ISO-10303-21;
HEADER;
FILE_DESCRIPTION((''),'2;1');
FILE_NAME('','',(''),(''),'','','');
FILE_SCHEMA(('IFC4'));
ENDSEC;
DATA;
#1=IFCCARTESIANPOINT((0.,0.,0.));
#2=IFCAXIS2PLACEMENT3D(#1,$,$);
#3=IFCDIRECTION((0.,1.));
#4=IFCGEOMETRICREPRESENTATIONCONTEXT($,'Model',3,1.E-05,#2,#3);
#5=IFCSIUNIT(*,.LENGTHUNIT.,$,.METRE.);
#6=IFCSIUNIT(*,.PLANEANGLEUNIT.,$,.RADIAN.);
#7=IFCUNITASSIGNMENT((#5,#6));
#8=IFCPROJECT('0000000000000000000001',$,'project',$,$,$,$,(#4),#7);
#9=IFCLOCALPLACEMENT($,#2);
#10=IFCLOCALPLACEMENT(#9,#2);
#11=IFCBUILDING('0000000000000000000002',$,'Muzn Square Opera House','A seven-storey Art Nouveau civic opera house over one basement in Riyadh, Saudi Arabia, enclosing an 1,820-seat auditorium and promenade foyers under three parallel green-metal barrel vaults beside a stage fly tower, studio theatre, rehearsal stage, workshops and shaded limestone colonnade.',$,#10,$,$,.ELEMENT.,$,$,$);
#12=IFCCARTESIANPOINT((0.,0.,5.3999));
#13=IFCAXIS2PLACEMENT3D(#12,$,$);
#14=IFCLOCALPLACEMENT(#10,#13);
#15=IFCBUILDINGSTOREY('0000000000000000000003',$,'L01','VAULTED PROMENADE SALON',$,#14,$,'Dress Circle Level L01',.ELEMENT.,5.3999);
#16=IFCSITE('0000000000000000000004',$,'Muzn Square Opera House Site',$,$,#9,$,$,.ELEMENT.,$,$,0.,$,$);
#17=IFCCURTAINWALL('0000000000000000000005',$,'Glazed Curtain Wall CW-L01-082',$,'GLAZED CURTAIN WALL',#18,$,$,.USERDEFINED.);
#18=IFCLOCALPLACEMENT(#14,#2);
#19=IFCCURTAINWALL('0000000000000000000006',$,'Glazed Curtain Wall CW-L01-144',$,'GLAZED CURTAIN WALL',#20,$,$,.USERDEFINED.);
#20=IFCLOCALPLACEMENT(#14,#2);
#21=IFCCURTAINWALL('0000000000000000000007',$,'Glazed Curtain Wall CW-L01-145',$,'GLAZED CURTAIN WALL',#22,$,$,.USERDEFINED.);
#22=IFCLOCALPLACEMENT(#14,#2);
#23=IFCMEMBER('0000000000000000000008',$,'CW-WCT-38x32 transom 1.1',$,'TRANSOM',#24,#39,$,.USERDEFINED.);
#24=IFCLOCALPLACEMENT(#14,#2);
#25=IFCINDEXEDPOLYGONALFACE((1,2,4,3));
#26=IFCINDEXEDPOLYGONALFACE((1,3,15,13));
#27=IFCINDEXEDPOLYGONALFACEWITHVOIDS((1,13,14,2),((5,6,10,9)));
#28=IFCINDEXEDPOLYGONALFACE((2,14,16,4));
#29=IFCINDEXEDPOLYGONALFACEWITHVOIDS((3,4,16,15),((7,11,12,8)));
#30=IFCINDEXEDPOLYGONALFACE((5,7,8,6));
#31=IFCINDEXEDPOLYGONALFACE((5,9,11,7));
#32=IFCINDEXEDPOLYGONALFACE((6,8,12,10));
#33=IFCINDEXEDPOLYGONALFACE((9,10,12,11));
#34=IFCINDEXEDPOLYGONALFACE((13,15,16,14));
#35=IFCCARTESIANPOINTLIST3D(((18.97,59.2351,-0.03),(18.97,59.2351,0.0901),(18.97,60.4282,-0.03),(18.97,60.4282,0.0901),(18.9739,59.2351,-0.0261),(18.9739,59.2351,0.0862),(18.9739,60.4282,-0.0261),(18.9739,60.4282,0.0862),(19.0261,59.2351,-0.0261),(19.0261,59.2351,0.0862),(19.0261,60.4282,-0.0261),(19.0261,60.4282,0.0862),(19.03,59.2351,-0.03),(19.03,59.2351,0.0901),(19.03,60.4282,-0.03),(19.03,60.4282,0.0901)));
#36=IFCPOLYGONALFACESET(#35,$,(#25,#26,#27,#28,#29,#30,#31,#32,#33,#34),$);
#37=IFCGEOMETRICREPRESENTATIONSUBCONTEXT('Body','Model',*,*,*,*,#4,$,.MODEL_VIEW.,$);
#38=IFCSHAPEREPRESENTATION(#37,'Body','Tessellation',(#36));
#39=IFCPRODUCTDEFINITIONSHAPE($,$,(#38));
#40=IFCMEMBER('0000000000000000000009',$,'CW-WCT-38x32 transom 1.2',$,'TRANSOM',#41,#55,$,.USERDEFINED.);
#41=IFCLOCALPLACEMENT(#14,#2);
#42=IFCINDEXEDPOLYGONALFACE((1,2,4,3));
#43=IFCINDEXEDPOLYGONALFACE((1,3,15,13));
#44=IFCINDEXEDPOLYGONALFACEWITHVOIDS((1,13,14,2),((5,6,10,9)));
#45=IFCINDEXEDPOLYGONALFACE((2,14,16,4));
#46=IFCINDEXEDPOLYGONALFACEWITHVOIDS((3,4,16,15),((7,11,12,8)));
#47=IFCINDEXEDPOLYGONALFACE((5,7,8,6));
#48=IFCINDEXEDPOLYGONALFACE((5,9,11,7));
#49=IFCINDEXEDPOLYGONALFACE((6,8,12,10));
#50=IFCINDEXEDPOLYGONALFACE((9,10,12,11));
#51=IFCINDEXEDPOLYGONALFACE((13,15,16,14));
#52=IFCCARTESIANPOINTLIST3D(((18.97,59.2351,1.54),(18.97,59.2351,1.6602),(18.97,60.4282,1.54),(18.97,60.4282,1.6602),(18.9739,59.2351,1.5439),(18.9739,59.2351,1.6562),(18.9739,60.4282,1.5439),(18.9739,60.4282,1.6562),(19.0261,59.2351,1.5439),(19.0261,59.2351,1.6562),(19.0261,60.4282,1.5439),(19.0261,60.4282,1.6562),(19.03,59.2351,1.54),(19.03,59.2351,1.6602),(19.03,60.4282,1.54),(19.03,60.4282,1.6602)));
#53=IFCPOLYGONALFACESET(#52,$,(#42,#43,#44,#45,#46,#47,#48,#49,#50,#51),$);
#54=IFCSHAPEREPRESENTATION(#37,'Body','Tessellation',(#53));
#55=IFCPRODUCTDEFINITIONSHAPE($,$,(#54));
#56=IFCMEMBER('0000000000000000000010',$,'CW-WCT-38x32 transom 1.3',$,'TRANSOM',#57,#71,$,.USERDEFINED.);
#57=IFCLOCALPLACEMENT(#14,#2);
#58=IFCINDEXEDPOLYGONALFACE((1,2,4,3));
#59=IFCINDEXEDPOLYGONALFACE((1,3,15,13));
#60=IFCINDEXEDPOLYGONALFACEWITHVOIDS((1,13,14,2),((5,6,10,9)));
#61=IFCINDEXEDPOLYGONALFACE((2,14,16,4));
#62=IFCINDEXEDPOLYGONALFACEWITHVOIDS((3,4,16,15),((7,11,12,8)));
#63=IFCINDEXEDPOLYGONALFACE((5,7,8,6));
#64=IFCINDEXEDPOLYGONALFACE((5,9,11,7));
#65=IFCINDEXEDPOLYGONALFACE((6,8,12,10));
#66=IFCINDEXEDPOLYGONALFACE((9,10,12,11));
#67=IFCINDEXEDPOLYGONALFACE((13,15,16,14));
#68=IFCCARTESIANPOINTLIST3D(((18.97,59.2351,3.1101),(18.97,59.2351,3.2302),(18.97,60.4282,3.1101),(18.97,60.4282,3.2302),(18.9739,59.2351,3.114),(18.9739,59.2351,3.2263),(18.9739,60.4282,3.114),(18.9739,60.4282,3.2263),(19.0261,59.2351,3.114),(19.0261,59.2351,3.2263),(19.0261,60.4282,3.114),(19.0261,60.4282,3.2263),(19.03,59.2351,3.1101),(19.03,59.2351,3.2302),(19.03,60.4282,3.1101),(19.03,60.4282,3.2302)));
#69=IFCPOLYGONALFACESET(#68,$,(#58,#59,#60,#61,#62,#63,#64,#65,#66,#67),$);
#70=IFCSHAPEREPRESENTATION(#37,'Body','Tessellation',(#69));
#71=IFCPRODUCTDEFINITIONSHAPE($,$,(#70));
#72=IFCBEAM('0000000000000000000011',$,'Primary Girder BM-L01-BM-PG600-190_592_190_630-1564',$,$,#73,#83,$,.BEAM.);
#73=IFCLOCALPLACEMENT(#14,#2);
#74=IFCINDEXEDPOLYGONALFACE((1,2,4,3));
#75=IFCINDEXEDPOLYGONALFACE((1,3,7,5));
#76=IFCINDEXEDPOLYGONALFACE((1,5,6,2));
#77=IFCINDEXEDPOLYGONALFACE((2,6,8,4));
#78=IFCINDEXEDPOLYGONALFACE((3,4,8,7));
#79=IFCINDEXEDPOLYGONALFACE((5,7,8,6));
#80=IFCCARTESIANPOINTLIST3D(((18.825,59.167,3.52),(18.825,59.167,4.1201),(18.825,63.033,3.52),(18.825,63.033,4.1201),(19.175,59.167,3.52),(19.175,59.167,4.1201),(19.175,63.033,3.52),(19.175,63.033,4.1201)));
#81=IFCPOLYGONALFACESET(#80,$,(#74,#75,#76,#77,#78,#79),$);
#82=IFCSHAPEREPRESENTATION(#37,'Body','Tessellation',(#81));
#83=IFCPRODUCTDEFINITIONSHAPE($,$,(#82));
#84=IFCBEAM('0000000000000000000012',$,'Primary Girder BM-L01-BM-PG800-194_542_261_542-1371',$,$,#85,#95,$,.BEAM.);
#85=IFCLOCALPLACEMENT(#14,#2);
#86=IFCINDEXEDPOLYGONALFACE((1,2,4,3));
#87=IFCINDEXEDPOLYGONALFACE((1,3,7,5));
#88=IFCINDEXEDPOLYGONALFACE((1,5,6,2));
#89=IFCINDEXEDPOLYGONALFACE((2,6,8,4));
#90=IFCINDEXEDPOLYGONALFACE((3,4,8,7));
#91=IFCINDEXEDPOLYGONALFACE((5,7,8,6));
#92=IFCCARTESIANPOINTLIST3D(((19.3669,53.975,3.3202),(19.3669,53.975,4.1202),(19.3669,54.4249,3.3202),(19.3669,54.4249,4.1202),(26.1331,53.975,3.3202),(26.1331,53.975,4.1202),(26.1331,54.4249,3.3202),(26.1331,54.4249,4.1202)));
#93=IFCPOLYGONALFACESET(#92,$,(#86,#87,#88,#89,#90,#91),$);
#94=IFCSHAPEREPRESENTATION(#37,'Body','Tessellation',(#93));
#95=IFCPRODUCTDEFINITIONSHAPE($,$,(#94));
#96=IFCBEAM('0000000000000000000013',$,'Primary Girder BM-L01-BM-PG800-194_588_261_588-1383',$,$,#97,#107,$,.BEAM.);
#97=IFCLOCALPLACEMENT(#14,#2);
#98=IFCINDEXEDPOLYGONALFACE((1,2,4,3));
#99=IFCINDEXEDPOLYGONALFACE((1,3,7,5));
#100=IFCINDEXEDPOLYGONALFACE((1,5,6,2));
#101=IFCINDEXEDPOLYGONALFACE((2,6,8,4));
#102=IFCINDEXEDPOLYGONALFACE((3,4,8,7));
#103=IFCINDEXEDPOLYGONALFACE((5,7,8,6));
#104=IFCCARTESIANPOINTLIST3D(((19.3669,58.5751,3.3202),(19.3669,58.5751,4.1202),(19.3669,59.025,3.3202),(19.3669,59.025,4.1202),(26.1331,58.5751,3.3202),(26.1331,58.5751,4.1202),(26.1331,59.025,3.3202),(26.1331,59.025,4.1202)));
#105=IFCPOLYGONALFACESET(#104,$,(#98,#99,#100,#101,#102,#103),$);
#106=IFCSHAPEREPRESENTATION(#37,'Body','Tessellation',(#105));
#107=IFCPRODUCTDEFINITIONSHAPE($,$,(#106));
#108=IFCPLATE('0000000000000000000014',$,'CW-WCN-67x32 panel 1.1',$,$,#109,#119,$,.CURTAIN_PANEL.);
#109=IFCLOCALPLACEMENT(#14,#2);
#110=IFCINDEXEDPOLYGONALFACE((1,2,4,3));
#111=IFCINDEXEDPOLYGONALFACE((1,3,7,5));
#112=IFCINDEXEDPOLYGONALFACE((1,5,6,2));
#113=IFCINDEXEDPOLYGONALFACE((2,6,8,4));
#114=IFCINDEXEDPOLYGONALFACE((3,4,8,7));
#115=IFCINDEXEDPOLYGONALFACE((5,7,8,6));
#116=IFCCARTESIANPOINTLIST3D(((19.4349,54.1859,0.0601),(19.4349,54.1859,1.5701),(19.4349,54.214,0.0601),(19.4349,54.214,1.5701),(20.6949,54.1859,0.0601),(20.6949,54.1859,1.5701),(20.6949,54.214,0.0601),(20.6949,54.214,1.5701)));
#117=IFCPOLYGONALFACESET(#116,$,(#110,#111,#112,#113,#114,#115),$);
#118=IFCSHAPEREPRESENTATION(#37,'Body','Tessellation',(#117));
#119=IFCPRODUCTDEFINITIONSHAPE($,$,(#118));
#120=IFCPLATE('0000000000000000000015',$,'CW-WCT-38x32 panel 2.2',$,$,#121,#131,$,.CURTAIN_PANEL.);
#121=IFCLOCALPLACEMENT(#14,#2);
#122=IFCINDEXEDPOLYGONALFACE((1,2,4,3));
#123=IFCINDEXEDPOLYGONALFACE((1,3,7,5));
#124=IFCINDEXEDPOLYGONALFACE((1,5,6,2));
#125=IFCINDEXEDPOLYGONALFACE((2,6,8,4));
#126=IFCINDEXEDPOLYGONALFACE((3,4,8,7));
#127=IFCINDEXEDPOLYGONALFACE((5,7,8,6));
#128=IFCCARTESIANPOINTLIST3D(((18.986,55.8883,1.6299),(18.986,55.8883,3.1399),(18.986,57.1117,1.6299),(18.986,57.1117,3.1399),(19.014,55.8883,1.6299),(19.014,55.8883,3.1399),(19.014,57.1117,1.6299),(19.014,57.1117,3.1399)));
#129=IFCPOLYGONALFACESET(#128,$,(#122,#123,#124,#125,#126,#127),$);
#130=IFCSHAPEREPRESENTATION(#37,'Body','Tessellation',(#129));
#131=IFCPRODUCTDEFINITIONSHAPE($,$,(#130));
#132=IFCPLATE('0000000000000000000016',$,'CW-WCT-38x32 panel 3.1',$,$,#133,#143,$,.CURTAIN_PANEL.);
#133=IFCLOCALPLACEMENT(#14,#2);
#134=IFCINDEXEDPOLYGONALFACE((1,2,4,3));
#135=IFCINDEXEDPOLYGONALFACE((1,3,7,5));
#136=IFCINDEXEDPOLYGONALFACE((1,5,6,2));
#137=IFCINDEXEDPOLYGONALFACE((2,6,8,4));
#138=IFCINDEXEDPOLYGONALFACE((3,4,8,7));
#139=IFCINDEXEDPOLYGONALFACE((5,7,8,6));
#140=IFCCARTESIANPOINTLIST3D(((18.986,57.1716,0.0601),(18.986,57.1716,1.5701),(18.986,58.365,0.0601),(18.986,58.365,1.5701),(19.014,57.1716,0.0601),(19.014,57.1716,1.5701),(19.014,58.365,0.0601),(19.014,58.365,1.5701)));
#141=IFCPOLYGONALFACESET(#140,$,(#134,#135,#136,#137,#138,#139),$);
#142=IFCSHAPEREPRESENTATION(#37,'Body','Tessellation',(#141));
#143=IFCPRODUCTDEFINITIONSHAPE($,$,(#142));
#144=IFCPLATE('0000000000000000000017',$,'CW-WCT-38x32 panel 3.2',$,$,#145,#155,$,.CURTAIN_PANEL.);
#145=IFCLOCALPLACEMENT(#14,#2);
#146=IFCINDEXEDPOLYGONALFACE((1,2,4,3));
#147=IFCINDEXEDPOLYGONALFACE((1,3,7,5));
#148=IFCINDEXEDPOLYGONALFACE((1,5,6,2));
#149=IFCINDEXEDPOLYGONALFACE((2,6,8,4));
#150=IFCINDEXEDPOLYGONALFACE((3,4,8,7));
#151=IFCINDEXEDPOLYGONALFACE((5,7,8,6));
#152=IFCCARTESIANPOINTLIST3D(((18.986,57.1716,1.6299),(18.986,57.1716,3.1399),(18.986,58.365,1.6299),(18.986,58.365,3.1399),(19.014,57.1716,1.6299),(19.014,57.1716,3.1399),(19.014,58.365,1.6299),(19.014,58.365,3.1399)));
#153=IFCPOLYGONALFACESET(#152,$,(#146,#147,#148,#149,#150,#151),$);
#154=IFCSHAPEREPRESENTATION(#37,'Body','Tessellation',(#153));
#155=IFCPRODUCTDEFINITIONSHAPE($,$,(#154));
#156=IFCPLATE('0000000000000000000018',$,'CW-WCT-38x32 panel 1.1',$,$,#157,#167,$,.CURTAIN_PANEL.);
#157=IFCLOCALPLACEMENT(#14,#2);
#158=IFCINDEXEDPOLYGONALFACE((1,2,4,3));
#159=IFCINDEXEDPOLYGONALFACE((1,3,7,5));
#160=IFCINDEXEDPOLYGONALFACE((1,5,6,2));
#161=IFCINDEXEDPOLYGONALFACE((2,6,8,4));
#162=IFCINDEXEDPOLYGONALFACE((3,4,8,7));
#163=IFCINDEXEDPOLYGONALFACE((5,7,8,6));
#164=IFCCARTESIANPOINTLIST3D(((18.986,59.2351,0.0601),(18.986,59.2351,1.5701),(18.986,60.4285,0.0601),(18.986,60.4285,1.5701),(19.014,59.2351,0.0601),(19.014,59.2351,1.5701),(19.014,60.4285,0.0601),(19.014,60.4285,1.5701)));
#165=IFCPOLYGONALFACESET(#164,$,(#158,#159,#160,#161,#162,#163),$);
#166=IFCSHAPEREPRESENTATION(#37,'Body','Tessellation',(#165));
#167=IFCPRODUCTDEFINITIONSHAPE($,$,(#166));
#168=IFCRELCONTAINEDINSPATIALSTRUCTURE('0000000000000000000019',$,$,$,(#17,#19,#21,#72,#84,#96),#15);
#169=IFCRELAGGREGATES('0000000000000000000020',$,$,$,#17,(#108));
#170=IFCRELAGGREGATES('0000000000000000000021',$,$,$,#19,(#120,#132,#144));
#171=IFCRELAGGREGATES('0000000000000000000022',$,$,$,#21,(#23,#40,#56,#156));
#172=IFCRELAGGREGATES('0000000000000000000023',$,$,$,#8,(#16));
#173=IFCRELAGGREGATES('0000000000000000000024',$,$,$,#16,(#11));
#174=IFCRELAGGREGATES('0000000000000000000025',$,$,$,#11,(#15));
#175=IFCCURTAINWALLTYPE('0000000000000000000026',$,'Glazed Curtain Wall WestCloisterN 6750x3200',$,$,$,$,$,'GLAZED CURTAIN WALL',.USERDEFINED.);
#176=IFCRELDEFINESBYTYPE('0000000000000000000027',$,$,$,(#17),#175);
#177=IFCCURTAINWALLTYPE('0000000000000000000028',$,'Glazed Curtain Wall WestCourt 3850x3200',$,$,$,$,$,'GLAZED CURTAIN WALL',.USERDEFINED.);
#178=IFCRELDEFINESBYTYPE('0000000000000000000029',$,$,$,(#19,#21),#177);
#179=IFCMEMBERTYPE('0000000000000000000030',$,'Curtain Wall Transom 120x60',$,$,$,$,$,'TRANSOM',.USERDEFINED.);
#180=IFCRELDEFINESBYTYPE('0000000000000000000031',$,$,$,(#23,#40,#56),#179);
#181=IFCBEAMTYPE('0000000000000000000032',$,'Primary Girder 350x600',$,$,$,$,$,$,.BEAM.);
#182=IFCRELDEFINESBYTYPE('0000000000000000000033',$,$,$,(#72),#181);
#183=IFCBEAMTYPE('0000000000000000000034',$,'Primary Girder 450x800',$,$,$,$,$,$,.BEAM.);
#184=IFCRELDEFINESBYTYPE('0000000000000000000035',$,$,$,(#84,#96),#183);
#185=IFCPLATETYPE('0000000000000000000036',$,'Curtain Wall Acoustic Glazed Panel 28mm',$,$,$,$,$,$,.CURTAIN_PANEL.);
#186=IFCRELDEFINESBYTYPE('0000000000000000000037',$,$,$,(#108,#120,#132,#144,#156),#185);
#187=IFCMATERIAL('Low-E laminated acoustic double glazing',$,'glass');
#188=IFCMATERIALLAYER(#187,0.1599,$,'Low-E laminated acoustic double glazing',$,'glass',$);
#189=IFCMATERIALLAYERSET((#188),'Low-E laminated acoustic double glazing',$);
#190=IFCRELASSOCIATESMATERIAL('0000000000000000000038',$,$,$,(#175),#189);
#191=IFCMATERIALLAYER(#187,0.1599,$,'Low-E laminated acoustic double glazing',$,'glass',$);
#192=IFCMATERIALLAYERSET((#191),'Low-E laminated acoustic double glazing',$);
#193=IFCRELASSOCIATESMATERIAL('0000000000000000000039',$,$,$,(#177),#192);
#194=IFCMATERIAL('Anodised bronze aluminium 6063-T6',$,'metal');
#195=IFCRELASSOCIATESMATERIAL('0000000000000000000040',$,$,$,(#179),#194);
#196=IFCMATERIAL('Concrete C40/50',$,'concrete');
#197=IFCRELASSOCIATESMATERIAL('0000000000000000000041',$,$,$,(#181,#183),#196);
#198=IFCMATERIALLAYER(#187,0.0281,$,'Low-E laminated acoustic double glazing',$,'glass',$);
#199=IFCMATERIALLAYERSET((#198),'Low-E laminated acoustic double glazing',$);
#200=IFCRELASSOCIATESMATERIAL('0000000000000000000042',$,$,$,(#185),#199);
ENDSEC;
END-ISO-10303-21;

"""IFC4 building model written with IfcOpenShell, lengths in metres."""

from ifc_helpers import new_model, si_unit, direction, frame, origin, origin_2d, place, context, subcontext, project, spatial, rectangle, hollow_rectangle, extrude, material, layer, layer_set, material_profile, profile_set, type_object, element, aggregate, save


model = new_model("IFC4")

# Units and contexts
model_context = context("Model", 3, precision=1e-05, world=origin(), true_north=direction((0.0, 1.0)))
body_context = subcontext(model_context, "Body", "Model", "MODEL_VIEW")
ifc_project = project(units=[si_unit("LENGTHUNIT", "METRE"), si_unit("PLANEANGLEUNIT", "RADIAN")], contexts=[model_context])

# Site, building, storey
site_placement = place(None, origin())
site = spatial("IfcSite", under=ifc_project, at=site_placement, Name="Muzn Square Opera House Site", CompositionType="ELEMENT", RefElevation=0.0)
building_placement = place(site_placement, origin())
building = spatial("IfcBuilding", under=site, at=building_placement, Name="Muzn Square Opera House", Description="A seven-storey Art Nouveau civic opera house over one basement in Riyadh, Saudi Arabia, enclosing an 1,820-seat auditorium and promenade foyers under three parallel green-metal barrel vaults beside a stage fly tower, studio theatre, rehearsal stage, workshops and shaded limestone colonnade.", CompositionType="ELEMENT")
storey_placement = place(building_placement, frame((0.0, 0.0, 5.3999)))
storey = spatial("IfcBuildingStorey", under=building, at=storey_placement, Name="L01", Description="VAULTED PROMENADE SALON", LongName="Dress Circle Level L01", CompositionType="ELEMENT", Elevation=5.3999)

# Curtain wall
ifc_material_1 = material(Name="Low-E laminated acoustic double glazing", Category="glass")
ifc_layer_1 = layer(ifc_material_1, 0.1599, Name="Low-E laminated acoustic double glazing", Category="glass")
ifc_layer_set_1 = layer_set([ifc_layer_1], Name="Low-E laminated acoustic double glazing")
curtain_wall_type_1 = type_object("IfcCurtainWallType", Name="Glazed Curtain Wall WestCloisterN 6750x3200", ElementType="GLAZED CURTAIN WALL", PredefinedType="USERDEFINED", material=ifc_layer_set_1)
curtain_wall_1_placement = place(storey_placement, origin())
curtain_wall_1 = element("IfcCurtainWall", 1, at=curtain_wall_1_placement, inside=storey, type_object=curtain_wall_type_1, Name="Glazed Curtain Wall CW-L01-082", ObjectType="GLAZED CURTAIN WALL", PredefinedType="USERDEFINED")
ifc_material_2 = material(Name="Anodised bronze aluminium 6063-T6", Category="metal")

# Curtain wall
ifc_layer_2 = layer(ifc_material_1, 0.1599, Name="Low-E laminated acoustic double glazing", Category="glass")
ifc_layer_set_2 = layer_set([ifc_layer_2], Name="Low-E laminated acoustic double glazing")
curtain_wall_type_2 = type_object("IfcCurtainWallType", Name="Glazed Curtain Wall WestCourt 3850x3200", ElementType="GLAZED CURTAIN WALL", PredefinedType="USERDEFINED", material=ifc_layer_set_2)
curtain_wall_2_placement = place(storey_placement, origin())
curtain_wall_2 = element("IfcCurtainWall", 2, at=curtain_wall_2_placement, inside=storey, type_object=curtain_wall_type_2, Name="Glazed Curtain Wall CW-L01-144", ObjectType="GLAZED CURTAIN WALL", PredefinedType="USERDEFINED")

# Curtain wall
curtain_wall_3_placement = place(storey_placement, origin())
curtain_wall_3 = element("IfcCurtainWall", 3, at=curtain_wall_3_placement, inside=storey, type_object=curtain_wall_type_2, Name="Glazed Curtain Wall CW-L01-145", ObjectType="GLAZED CURTAIN WALL", PredefinedType="USERDEFINED")

# Members
ifc_material_profile_1 = material_profile(ifc_material_2, hollow_rectangle(XDim=0.0601, YDim=0.1201, WallThickness=0.0039, at=origin_2d()), Name="ALU 120x60x4", Category="metal")
ifc_profile_set_1 = profile_set([ifc_material_profile_1], Name="Anodised bronze aluminium 6063-T6")
member_type_1 = type_object("IfcMemberType", Name="Curtain Wall Transom 120x60", ElementType="TRANSOM", PredefinedType="USERDEFINED", material=ifc_profile_set_1)
member_1_placement = place(storey_placement, frame((19.0, 59.2351, 0.03), z_axis=(0.0, 1.0, 0.0), x_axis=(-1.0, 0.0, 0.0)))
member_1 = element("IfcMember", 4, at=member_1_placement, type_object=member_type_1, Name="CW-WCT-38x32 transom 1.1", ObjectType="TRANSOM", PredefinedType="USERDEFINED", context=body_context, shape_type="SweptSolid", body=[
    extrude(hollow_rectangle(XDim=0.0601, YDim=0.1201, WallThickness=0.0039, at=origin_2d()), origin(), (0.0, 0.0, 1.0), 1.1931),
])
member_2_placement = place(storey_placement, frame((19.0, 59.2351, 1.6001), z_axis=(0.0, 1.0, 0.0), x_axis=(-1.0, 0.0, 0.0)))
member_2 = element("IfcMember", 5, at=member_2_placement, type_object=member_type_1, Name="CW-WCT-38x32 transom 1.2", ObjectType="TRANSOM", PredefinedType="USERDEFINED", context=body_context, shape_type="SweptSolid", body=[
    extrude(hollow_rectangle(XDim=0.0601, YDim=0.1201, WallThickness=0.0039, at=origin_2d()), origin(), (0.0, 0.0, 1.0), 1.1931),
])
member_3_placement = place(storey_placement, frame((19.0, 59.2351, 3.1702), z_axis=(0.0, 1.0, 0.0), x_axis=(-1.0, 0.0, 0.0)))
member_3 = element("IfcMember", 6, at=member_3_placement, type_object=member_type_1, Name="CW-WCT-38x32 transom 1.3", ObjectType="TRANSOM", PredefinedType="USERDEFINED", context=body_context, shape_type="SweptSolid", body=[
    extrude(hollow_rectangle(XDim=0.0601, YDim=0.1201, WallThickness=0.0039, at=origin_2d()), origin(), (0.0, 0.0, 1.0), 1.1931),
])

# Beams
ifc_material_3 = material(Name="Concrete C40/50", Category="concrete")
ifc_material_profile_2 = material_profile(ifc_material_3, rectangle(XDim=0.3501, YDim=0.6001, at=origin_2d()), Name="RCB 350x600", Category="concrete")
ifc_profile_set_2 = profile_set([ifc_material_profile_2], Name="Concrete C40/50")
beam_type_1 = type_object("IfcBeamType", Name="Primary Girder 350x600", PredefinedType="BEAM", material=ifc_profile_set_2)
beam_placement = place(storey_placement, frame((19.0, 59.167, 3.8201), z_axis=(0.0, 1.0, 0.0), x_axis=(-1.0, 0.0, 0.0)))
element("IfcBeam", 7, at=beam_placement, inside=storey, type_object=beam_type_1, Name="Primary Girder BM-L01-BM-PG600-190_592_190_630-1564", PredefinedType="BEAM", context=body_context, shape_type="SweptSolid", body=[
    extrude(rectangle(XDim=0.3501, YDim=0.6001, at=origin_2d()), origin(), (0.0, 0.0, 1.0), 3.866),
])
ifc_material_profile_3 = material_profile(ifc_material_3, rectangle(XDim=0.45, YDim=0.8, at=origin_2d()), Name="RCB 450x800", Category="concrete")
ifc_profile_set_3 = profile_set([ifc_material_profile_3], Name="Concrete C40/50")
beam_type_2 = type_object("IfcBeamType", Name="Primary Girder 450x800", PredefinedType="BEAM", material=ifc_profile_set_3)
for number, where, z_axis, x_axis, name in (
    (8, (19.3669, 54.2, 3.7202), (1.0, 0.0, 0.0), (0.0, 1.0, 0.0), "Primary Girder BM-L01-BM-PG800-194_542_261_542-1371"),
    (9, (19.3669, 58.8, 3.7202), (1.0, 0.0, 0.0), (0.0, 1.0, 0.0), "Primary Girder BM-L01-BM-PG800-194_588_261_588-1383"),
):
    element("IfcBeam", number, at=place(storey_placement, frame(where, z_axis=z_axis, x_axis=x_axis)), inside=storey, type_object=beam_type_2, Name=name, PredefinedType="BEAM", context=body_context, shape_type="SweptSolid", body=[
        extrude(rectangle(XDim=0.45, YDim=0.8, at=origin_2d()), origin(), (0.0, 0.0, 1.0), 6.7661),
    ])

# Plates
ifc_layer_3 = layer(ifc_material_1, 0.0281, Name="Low-E laminated acoustic double glazing", Category="glass")
ifc_layer_set_3 = layer_set([ifc_layer_3], Name="Low-E laminated acoustic double glazing")
plate_type = type_object("IfcPlateType", Name="Curtain Wall Acoustic Glazed Panel 28mm", PredefinedType="CURTAIN_PANEL", material=ifc_layer_set_3)
plate_1_placement = place(storey_placement, frame((20.0649, 54.2, 0.0601), z_axis=(0.0, 0.0, 1.0), x_axis=(1.0, 0.0, 0.0)))
plate_1 = element("IfcPlate", 10, at=plate_1_placement, type_object=plate_type, Name="CW-WCN-67x32 panel 1.1", PredefinedType="CURTAIN_PANEL", context=body_context, shape_type="SweptSolid", body=[
    extrude(rectangle(XDim=1.26, YDim=0.0281, at=origin_2d()), origin(), (0.0, 0.0, 1.0), 1.51),
])
aggregate(curtain_wall_1, [plate_1])
plate_2_placement = place(storey_placement, frame((19.0, 56.5, 1.6299), z_axis=(0.0, 0.0, 1.0), x_axis=(0.0, 1.0, 0.0)))
plate_2 = element("IfcPlate", 11, at=plate_2_placement, type_object=plate_type, Name="CW-WCT-38x32 panel 2.2", PredefinedType="CURTAIN_PANEL", context=body_context, shape_type="SweptSolid", body=[
    extrude(rectangle(XDim=1.2234, YDim=0.0281, at=origin_2d()), origin(), (0.0, 0.0, 1.0), 1.51),
])
plate_3_placement = place(storey_placement, frame((19.0, 57.7683, 0.0601), z_axis=(0.0, 0.0, 1.0), x_axis=(0.0, 1.0, 0.0)))
plate_3 = element("IfcPlate", 12, at=plate_3_placement, type_object=plate_type, Name="CW-WCT-38x32 panel 3.1", PredefinedType="CURTAIN_PANEL", context=body_context, shape_type="SweptSolid", body=[
    extrude(rectangle(XDim=1.1934, YDim=0.0281, at=origin_2d()), origin(), (0.0, 0.0, 1.0), 1.51),
])
plate_4_placement = place(storey_placement, frame((19.0, 57.7683, 1.6299), z_axis=(0.0, 0.0, 1.0), x_axis=(0.0, 1.0, 0.0)))
plate_4 = element("IfcPlate", 13, at=plate_4_placement, type_object=plate_type, Name="CW-WCT-38x32 panel 3.2", PredefinedType="CURTAIN_PANEL", context=body_context, shape_type="SweptSolid", body=[
    extrude(rectangle(XDim=1.1934, YDim=0.0281, at=origin_2d()), origin(), (0.0, 0.0, 1.0), 1.51),
])
aggregate(curtain_wall_2, [plate_2, plate_3, plate_4])
plate_5_placement = place(storey_placement, frame((19.0, 59.8318, 0.0601), z_axis=(0.0, 0.0, 1.0), x_axis=(0.0, 1.0, 0.0)))
plate_5 = element("IfcPlate", 14, at=plate_5_placement, type_object=plate_type, Name="CW-WCT-38x32 panel 1.1", PredefinedType="CURTAIN_PANEL", context=body_context, shape_type="SweptSolid", body=[
    extrude(rectangle(XDim=1.1934, YDim=0.0281, at=origin_2d()), origin(), (0.0, 0.0, 1.0), 1.51),
])
aggregate(curtain_wall_3, [member_1, member_2, member_3, plate_5])

save(model, "model.ifc")
